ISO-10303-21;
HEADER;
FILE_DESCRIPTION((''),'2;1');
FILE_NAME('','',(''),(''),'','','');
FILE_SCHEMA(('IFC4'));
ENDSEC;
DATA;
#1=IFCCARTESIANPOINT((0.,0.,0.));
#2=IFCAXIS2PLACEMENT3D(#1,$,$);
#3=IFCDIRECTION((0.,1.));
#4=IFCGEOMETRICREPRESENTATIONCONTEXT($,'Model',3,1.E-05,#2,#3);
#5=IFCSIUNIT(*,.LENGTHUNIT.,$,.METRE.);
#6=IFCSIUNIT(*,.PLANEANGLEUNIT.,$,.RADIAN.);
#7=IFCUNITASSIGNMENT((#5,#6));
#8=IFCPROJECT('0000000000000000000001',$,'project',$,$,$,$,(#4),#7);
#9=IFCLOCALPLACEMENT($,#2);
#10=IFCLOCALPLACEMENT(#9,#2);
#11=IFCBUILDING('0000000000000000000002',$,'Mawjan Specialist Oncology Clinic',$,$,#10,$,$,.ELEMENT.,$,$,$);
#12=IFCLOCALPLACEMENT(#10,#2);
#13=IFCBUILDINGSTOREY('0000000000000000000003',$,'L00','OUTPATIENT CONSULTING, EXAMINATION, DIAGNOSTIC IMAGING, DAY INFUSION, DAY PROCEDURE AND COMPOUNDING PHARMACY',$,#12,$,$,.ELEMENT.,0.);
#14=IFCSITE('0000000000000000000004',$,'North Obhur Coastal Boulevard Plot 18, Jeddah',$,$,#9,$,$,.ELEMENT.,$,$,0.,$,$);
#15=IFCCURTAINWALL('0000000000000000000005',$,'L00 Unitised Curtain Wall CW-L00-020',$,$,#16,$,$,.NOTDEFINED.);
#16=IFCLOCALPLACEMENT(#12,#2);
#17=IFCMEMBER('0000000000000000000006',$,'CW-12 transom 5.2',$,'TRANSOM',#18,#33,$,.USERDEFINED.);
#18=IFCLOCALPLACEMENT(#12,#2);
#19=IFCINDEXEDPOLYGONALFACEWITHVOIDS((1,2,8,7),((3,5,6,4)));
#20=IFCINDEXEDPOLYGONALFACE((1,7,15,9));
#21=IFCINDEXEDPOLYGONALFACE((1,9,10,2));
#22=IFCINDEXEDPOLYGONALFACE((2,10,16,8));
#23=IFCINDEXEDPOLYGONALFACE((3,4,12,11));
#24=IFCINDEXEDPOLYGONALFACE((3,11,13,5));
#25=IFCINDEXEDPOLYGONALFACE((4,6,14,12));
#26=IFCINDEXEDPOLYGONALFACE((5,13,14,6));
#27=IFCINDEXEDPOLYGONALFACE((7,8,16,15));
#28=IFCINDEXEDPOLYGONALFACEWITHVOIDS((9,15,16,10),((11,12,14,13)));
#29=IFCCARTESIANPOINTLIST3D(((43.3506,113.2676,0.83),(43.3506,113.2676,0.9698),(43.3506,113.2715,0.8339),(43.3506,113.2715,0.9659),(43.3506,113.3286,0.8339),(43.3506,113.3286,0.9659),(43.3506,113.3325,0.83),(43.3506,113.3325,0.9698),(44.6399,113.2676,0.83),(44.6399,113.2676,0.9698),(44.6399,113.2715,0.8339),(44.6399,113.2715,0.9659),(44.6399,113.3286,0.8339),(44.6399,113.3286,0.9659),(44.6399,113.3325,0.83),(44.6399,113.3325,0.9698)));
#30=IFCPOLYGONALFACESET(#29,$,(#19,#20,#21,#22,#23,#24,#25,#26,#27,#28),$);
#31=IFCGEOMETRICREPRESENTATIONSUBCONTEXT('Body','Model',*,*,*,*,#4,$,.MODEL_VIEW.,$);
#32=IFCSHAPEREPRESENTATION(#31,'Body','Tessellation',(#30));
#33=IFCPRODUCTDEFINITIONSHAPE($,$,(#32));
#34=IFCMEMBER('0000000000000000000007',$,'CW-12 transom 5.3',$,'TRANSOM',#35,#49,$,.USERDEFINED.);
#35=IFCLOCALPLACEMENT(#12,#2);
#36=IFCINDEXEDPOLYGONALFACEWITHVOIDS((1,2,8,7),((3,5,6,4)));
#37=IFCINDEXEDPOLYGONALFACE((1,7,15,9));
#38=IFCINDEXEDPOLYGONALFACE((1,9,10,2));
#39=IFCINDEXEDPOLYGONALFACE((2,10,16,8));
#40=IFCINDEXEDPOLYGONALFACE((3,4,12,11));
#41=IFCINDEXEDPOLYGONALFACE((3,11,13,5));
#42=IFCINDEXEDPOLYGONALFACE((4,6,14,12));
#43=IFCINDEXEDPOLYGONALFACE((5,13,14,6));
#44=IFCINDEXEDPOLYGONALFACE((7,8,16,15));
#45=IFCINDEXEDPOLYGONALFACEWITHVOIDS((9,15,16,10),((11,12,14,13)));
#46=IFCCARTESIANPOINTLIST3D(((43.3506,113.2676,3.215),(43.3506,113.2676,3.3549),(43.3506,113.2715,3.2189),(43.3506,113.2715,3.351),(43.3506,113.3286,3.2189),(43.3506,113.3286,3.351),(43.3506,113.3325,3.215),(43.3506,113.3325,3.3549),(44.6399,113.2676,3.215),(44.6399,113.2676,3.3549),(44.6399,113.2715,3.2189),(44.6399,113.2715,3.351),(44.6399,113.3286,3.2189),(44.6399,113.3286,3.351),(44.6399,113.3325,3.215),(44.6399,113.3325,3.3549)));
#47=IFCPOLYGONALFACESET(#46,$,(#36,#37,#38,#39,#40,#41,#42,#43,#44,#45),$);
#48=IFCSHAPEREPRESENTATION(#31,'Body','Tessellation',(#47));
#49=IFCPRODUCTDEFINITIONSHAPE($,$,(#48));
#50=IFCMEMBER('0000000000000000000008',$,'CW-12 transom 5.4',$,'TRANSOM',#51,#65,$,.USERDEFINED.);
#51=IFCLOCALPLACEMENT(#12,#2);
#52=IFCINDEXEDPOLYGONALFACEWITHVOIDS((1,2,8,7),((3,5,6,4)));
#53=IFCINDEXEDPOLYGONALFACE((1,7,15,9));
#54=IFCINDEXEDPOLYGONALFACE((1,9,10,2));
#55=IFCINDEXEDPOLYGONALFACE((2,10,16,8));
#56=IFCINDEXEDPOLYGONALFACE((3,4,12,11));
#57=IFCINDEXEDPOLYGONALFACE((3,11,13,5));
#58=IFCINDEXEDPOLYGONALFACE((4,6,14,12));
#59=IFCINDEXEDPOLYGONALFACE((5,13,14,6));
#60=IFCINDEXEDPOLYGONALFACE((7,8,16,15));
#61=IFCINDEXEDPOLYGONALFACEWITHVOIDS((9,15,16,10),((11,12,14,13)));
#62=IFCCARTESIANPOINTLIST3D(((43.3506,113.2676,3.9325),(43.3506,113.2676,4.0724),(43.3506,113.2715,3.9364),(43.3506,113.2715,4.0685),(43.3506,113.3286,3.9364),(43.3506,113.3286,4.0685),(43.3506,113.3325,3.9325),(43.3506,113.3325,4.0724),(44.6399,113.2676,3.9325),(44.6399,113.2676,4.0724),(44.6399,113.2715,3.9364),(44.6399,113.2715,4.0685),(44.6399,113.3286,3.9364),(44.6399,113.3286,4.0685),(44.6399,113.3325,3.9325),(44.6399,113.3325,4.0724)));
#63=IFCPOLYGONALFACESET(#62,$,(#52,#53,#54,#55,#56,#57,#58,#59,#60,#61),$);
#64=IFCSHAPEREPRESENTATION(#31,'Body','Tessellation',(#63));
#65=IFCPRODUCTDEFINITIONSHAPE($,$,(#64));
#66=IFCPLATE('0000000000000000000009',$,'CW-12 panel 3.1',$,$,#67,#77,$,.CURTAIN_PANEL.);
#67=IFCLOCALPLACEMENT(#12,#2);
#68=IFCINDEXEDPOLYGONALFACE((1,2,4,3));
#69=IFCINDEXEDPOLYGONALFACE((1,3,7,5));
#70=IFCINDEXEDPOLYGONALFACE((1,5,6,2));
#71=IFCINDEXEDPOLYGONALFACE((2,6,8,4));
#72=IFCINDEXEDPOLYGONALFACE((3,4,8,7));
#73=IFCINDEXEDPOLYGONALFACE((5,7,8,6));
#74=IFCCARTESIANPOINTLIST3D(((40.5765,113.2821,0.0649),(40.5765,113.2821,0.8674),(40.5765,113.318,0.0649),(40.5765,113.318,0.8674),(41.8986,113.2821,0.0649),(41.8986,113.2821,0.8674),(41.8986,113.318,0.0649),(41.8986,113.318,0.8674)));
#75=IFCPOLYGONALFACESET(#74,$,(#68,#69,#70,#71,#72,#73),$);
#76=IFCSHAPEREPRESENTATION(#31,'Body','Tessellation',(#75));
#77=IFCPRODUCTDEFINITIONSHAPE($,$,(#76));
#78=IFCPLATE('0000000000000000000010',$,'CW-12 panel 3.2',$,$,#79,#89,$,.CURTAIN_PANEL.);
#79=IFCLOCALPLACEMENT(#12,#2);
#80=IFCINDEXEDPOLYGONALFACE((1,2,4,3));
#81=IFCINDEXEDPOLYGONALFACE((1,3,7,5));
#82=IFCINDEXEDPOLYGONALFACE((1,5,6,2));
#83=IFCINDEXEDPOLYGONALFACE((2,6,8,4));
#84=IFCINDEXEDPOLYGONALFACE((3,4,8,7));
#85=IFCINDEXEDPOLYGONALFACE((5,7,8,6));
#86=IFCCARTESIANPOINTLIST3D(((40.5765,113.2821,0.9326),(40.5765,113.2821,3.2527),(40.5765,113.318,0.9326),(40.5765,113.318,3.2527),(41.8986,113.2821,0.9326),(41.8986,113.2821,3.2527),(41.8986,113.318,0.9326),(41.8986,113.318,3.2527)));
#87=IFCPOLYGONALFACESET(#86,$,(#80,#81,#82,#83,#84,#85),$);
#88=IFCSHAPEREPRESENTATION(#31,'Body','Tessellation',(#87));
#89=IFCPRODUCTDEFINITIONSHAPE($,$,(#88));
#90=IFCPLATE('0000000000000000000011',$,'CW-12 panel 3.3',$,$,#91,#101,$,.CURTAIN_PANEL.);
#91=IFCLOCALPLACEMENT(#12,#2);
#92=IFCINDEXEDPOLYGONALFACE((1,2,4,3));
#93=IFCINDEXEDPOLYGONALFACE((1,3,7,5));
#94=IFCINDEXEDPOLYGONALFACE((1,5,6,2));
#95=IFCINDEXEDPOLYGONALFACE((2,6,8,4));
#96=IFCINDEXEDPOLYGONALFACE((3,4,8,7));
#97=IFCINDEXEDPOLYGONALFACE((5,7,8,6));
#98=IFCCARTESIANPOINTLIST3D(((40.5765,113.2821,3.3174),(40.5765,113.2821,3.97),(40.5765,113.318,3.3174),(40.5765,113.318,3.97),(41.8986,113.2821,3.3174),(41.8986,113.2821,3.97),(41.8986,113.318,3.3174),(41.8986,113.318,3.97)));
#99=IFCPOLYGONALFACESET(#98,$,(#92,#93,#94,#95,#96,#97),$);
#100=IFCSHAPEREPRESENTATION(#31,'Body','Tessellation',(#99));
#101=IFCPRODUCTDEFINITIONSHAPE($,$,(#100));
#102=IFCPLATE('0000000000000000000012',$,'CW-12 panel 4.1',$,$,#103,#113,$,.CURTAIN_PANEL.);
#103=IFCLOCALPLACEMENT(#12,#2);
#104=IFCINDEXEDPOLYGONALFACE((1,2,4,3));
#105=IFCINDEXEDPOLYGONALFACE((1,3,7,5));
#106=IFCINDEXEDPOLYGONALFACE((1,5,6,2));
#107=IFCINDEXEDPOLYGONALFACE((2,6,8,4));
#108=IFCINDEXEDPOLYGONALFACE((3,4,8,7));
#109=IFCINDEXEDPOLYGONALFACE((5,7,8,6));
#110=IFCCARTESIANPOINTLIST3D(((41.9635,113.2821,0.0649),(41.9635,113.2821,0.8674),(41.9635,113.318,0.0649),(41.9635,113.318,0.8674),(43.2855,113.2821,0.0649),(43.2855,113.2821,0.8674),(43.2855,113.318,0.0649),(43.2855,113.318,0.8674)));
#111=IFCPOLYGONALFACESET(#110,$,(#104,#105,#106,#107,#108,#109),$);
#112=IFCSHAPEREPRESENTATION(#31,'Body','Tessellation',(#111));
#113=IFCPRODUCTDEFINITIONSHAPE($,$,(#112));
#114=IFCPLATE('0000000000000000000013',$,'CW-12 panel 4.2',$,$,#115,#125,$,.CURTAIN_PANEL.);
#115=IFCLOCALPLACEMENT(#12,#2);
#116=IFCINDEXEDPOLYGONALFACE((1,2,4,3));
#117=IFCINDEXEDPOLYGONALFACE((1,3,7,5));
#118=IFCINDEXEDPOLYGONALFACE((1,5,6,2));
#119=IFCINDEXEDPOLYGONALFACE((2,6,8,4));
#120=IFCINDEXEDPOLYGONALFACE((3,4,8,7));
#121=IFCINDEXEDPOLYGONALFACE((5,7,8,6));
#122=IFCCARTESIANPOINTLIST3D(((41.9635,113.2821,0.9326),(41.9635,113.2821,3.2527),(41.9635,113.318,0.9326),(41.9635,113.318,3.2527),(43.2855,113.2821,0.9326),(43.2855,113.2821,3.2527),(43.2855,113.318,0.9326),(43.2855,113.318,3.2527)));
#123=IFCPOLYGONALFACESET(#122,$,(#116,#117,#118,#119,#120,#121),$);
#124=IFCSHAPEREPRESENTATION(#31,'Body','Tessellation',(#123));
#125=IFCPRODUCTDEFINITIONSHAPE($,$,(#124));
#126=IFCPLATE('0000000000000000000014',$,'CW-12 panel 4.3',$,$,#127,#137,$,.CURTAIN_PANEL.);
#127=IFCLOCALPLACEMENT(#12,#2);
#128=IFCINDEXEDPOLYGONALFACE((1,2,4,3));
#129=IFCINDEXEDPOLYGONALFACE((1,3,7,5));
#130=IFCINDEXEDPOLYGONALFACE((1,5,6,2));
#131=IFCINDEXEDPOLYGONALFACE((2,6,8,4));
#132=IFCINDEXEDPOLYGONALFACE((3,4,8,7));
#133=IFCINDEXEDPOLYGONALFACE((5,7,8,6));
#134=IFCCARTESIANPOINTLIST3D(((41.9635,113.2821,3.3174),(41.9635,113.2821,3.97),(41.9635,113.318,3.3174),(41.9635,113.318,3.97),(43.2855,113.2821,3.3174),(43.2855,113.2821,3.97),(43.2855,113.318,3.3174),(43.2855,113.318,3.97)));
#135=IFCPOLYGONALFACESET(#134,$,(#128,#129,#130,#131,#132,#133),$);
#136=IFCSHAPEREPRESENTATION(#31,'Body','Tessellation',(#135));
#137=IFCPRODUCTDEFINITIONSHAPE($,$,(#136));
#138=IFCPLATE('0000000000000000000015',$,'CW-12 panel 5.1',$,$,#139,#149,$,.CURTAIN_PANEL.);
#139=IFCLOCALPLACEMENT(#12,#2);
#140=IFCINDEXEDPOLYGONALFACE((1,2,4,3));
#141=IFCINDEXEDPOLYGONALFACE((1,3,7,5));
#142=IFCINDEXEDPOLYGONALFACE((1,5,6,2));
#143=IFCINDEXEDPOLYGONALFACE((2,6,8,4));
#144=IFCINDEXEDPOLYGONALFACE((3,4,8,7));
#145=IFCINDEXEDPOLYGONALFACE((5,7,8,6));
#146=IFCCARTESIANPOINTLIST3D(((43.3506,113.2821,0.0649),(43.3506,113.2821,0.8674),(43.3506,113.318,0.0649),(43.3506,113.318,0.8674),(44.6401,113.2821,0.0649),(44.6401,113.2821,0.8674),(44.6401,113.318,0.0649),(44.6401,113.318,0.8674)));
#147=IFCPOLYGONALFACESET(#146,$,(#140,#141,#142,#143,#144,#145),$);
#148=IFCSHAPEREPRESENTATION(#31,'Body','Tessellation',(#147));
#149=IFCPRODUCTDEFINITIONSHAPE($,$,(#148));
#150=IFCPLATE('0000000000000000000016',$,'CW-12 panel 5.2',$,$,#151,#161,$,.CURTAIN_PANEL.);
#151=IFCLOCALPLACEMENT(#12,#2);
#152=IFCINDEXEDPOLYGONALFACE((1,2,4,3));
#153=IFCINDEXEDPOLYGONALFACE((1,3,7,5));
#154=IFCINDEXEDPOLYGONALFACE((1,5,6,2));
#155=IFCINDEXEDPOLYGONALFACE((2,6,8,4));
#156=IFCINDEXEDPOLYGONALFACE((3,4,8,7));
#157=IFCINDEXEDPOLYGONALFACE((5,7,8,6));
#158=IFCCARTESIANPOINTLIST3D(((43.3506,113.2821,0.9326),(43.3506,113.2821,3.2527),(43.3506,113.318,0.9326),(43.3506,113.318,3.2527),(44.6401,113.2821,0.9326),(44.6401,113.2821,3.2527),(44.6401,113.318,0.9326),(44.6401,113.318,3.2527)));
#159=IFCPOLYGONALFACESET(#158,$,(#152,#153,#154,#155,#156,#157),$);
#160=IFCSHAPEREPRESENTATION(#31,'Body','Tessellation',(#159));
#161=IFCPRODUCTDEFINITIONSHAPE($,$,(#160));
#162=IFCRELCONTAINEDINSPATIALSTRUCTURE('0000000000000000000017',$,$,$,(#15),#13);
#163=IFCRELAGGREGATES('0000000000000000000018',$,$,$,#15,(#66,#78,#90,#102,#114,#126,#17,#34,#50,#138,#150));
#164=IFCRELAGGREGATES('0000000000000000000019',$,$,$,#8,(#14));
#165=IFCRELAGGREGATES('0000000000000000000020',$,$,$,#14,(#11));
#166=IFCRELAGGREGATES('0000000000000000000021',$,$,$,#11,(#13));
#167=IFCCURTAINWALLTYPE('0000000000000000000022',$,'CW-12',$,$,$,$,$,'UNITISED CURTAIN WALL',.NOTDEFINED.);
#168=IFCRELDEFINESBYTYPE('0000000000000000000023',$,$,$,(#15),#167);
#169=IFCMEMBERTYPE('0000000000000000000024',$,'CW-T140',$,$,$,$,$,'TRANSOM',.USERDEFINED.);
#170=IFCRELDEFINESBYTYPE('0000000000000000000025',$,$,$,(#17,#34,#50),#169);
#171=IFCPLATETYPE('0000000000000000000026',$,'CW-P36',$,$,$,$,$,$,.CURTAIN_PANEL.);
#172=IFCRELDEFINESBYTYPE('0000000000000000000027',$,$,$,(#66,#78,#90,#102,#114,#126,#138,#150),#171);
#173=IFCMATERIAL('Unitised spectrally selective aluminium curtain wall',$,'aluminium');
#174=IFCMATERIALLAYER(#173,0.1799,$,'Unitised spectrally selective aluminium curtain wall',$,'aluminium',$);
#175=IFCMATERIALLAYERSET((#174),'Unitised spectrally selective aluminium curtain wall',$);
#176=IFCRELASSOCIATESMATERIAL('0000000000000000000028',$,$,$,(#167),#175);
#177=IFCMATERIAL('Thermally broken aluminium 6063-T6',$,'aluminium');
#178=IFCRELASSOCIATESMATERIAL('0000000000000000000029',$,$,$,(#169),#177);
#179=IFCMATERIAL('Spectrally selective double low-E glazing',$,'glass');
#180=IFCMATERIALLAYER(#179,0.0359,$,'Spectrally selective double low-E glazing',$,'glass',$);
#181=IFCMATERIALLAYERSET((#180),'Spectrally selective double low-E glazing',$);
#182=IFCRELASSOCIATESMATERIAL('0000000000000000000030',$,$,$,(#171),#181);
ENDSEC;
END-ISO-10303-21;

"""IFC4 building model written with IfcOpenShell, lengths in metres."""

from ifc_helpers import new_model, si_unit, direction, frame, origin, origin_2d, place, context, subcontext, project, spatial, rectangle, hollow_rectangle, extrude, material, layer, layer_set, material_profile, profile_set, type_object, element, aggregate, save


model = new_model("IFC4")

# Units and contexts
model_context = context("Model", 3, precision=1e-05, world=origin(), true_north=direction((0.0, 1.0)))
body_context = subcontext(model_context, "Body", "Model", "MODEL_VIEW")
ifc_project = project(units=[si_unit("LENGTHUNIT", "METRE"), si_unit("PLANEANGLEUNIT", "RADIAN")], contexts=[model_context])

# Site, building, storey
site_placement = place(None, origin())
site = spatial("IfcSite", under=ifc_project, at=site_placement, Name="North Obhur Coastal Boulevard Plot 18, Jeddah", CompositionType="ELEMENT", RefElevation=0.0)
building_placement = place(site_placement, origin())
building = spatial("IfcBuilding", under=site, at=building_placement, Name="Mawjan Specialist Oncology Clinic", CompositionType="ELEMENT")
storey_placement = place(building_placement, origin())
storey = spatial("IfcBuildingStorey", under=building, at=storey_placement, Name="L00", Description="OUTPATIENT CONSULTING, EXAMINATION, DIAGNOSTIC IMAGING, DAY INFUSION, DAY PROCEDURE AND COMPOUNDING PHARMACY", CompositionType="ELEMENT", Elevation=0.0)

# Curtain wall, members, plates
ifc_material_1 = material(Name="Unitised spectrally selective aluminium curtain wall", Category="aluminium")
ifc_layer_1 = layer(ifc_material_1, 0.1799, Name="Unitised spectrally selective aluminium curtain wall", Category="aluminium")
ifc_layer_set_1 = layer_set([ifc_layer_1], Name="Unitised spectrally selective aluminium curtain wall")
curtain_wall_type = type_object("IfcCurtainWallType", Name="CW-12", ElementType="UNITISED CURTAIN WALL", PredefinedType="NOTDEFINED", material=ifc_layer_set_1)
curtain_wall_placement = place(storey_placement, origin())
curtain_wall = element("IfcCurtainWall", 1, at=curtain_wall_placement, inside=storey, type_object=curtain_wall_type, Name="L00 Unitised Curtain Wall CW-L00-020", PredefinedType="NOTDEFINED")
ifc_material_2 = material(Name="Thermally broken aluminium 6063-T6", Category="aluminium")
ifc_material_profile_1 = material_profile(ifc_material_2, hollow_rectangle(XDim=0.0649, YDim=0.1399, WallThickness=0.0039, at=origin_2d()), Name="ALU TRANSOM 140x65x4", Category="aluminium")
ifc_profile_set_1 = profile_set([ifc_material_profile_1], Name="Thermally broken aluminium 6063-T6")
member_type_1 = type_object("IfcMemberType", Name="CW-T140", ElementType="TRANSOM", PredefinedType="USERDEFINED", material=ifc_profile_set_1)
member_1_placement = place(storey_placement, frame((43.3506, 113.3, 0.8999), z_axis=(1.0, 0.0, 0.0), x_axis=(0.0, 1.0, 0.0)))
member_1 = element("IfcMember", 2, at=member_1_placement, type_object=member_type_1, Name="CW-12 transom 5.2", ObjectType="TRANSOM", PredefinedType="USERDEFINED", context=body_context, shape_type="SweptSolid", body=[
    extrude(hollow_rectangle(XDim=0.0649, YDim=0.1399, WallThickness=0.0039, at=origin_2d()), origin(), (0.0, 0.0, 1.0), 1.2893),
])
member_2_placement = place(storey_placement, frame((43.3506, 113.3, 3.2849), z_axis=(1.0, 0.0, 0.0), x_axis=(0.0, 1.0, 0.0)))
member_2 = element("IfcMember", 3, at=member_2_placement, type_object=member_type_1, Name="CW-12 transom 5.3", ObjectType="TRANSOM", PredefinedType="USERDEFINED", context=body_context, shape_type="SweptSolid", body=[
    extrude(hollow_rectangle(XDim=0.0649, YDim=0.1399, WallThickness=0.0039, at=origin_2d()), origin(), (0.0, 0.0, 1.0), 1.2893),
])
member_3_placement = place(storey_placement, frame((43.3506, 113.3, 4.0024), z_axis=(1.0, 0.0, 0.0), x_axis=(0.0, 1.0, 0.0)))
member_3 = element("IfcMember", 4, at=member_3_placement, type_object=member_type_1, Name="CW-12 transom 5.4", ObjectType="TRANSOM", PredefinedType="USERDEFINED", context=body_context, shape_type="SweptSolid", body=[
    extrude(hollow_rectangle(XDim=0.0649, YDim=0.1399, WallThickness=0.0039, at=origin_2d()), origin(), (0.0, 0.0, 1.0), 1.2893),
])
ifc_material_3 = material(Name="Spectrally selective double low-E glazing", Category="glass")
ifc_layer_2 = layer(ifc_material_3, 0.0359, Name="Spectrally selective double low-E glazing", Category="glass")
ifc_layer_set_2 = layer_set([ifc_layer_2], Name="Spectrally selective double low-E glazing")
plate_type = type_object("IfcPlateType", Name="CW-P36", PredefinedType="CURTAIN_PANEL", material=ifc_layer_set_2)
plate_1_placement = place(storey_placement, frame((41.2375, 113.3, 0.0649), z_axis=(0.0, 0.0, 1.0), x_axis=(1.0, 0.0, 0.0)))
plate_1 = element("IfcPlate", 5, at=plate_1_placement, type_object=plate_type, Name="CW-12 panel 3.1", PredefinedType="CURTAIN_PANEL", context=body_context, shape_type="SweptSolid", body=[
    extrude(rectangle(XDim=1.322, YDim=0.0359, at=origin_2d()), origin(), (0.0, 0.0, 1.0), 0.8025),
])
plate_2_placement = place(storey_placement, frame((41.2375, 113.3, 0.9326), z_axis=(0.0, 0.0, 1.0), x_axis=(1.0, 0.0, 0.0)))
plate_2 = element("IfcPlate", 6, at=plate_2_placement, type_object=plate_type, Name="CW-12 panel 3.2", PredefinedType="CURTAIN_PANEL", context=body_context, shape_type="SweptSolid", body=[
    extrude(rectangle(XDim=1.322, YDim=0.0359, at=origin_2d()), origin(), (0.0, 0.0, 1.0), 2.3201),
])
plate_3_placement = place(storey_placement, frame((41.2375, 113.3, 3.3174), z_axis=(0.0, 0.0, 1.0), x_axis=(1.0, 0.0, 0.0)))
plate_3 = element("IfcPlate", 7, at=plate_3_placement, type_object=plate_type, Name="CW-12 panel 3.3", PredefinedType="CURTAIN_PANEL", context=body_context, shape_type="SweptSolid", body=[
    extrude(rectangle(XDim=1.322, YDim=0.0359, at=origin_2d()), origin(), (0.0, 0.0, 1.0), 0.6526),
])
plate_4_placement = place(storey_placement, frame((42.6245, 113.3, 0.0649), z_axis=(0.0, 0.0, 1.0), x_axis=(1.0, 0.0, 0.0)))
plate_4 = element("IfcPlate", 8, at=plate_4_placement, type_object=plate_type, Name="CW-12 panel 4.1", PredefinedType="CURTAIN_PANEL", context=body_context, shape_type="SweptSolid", body=[
    extrude(rectangle(XDim=1.322, YDim=0.0359, at=origin_2d()), origin(), (0.0, 0.0, 1.0), 0.8025),
])
plate_5_placement = place(storey_placement, frame((42.6245, 113.3, 0.9326), z_axis=(0.0, 0.0, 1.0), x_axis=(1.0, 0.0, 0.0)))
plate_5 = element("IfcPlate", 9, at=plate_5_placement, type_object=plate_type, Name="CW-12 panel 4.2", PredefinedType="CURTAIN_PANEL", context=body_context, shape_type="SweptSolid", body=[
    extrude(rectangle(XDim=1.322, YDim=0.0359, at=origin_2d()), origin(), (0.0, 0.0, 1.0), 2.3201),
])
plate_6_placement = place(storey_placement, frame((42.6245, 113.3, 3.3174), z_axis=(0.0, 0.0, 1.0), x_axis=(1.0, 0.0, 0.0)))
plate_6 = element("IfcPlate", 10, at=plate_6_placement, type_object=plate_type, Name="CW-12 panel 4.3", PredefinedType="CURTAIN_PANEL", context=body_context, shape_type="SweptSolid", body=[
    extrude(rectangle(XDim=1.322, YDim=0.0359, at=origin_2d()), origin(), (0.0, 0.0, 1.0), 0.6526),
])
plate_7_placement = place(storey_placement, frame((43.9954, 113.3, 0.0649), z_axis=(0.0, 0.0, 1.0), x_axis=(1.0, 0.0, 0.0)))
plate_7 = element("IfcPlate", 11, at=plate_7_placement, type_object=plate_type, Name="CW-12 panel 5.1", PredefinedType="CURTAIN_PANEL", context=body_context, shape_type="SweptSolid", body=[
    extrude(rectangle(XDim=1.2896, YDim=0.0359, at=origin_2d()), origin(), (0.0, 0.0, 1.0), 0.8025),
])
plate_8_placement = place(storey_placement, frame((43.9954, 113.3, 0.9326), z_axis=(0.0, 0.0, 1.0), x_axis=(1.0, 0.0, 0.0)))
plate_8 = element("IfcPlate", 12, at=plate_8_placement, type_object=plate_type, Name="CW-12 panel 5.2", PredefinedType="CURTAIN_PANEL", context=body_context, shape_type="SweptSolid", body=[
    extrude(rectangle(XDim=1.2896, YDim=0.0359, at=origin_2d()), origin(), (0.0, 0.0, 1.0), 2.3201),
])
aggregate(curtain_wall, [plate_1, plate_2, plate_3, plate_4, plate_5, plate_6, member_1, member_2, member_3, plate_7, plate_8])

save(model, "model.ifc")
